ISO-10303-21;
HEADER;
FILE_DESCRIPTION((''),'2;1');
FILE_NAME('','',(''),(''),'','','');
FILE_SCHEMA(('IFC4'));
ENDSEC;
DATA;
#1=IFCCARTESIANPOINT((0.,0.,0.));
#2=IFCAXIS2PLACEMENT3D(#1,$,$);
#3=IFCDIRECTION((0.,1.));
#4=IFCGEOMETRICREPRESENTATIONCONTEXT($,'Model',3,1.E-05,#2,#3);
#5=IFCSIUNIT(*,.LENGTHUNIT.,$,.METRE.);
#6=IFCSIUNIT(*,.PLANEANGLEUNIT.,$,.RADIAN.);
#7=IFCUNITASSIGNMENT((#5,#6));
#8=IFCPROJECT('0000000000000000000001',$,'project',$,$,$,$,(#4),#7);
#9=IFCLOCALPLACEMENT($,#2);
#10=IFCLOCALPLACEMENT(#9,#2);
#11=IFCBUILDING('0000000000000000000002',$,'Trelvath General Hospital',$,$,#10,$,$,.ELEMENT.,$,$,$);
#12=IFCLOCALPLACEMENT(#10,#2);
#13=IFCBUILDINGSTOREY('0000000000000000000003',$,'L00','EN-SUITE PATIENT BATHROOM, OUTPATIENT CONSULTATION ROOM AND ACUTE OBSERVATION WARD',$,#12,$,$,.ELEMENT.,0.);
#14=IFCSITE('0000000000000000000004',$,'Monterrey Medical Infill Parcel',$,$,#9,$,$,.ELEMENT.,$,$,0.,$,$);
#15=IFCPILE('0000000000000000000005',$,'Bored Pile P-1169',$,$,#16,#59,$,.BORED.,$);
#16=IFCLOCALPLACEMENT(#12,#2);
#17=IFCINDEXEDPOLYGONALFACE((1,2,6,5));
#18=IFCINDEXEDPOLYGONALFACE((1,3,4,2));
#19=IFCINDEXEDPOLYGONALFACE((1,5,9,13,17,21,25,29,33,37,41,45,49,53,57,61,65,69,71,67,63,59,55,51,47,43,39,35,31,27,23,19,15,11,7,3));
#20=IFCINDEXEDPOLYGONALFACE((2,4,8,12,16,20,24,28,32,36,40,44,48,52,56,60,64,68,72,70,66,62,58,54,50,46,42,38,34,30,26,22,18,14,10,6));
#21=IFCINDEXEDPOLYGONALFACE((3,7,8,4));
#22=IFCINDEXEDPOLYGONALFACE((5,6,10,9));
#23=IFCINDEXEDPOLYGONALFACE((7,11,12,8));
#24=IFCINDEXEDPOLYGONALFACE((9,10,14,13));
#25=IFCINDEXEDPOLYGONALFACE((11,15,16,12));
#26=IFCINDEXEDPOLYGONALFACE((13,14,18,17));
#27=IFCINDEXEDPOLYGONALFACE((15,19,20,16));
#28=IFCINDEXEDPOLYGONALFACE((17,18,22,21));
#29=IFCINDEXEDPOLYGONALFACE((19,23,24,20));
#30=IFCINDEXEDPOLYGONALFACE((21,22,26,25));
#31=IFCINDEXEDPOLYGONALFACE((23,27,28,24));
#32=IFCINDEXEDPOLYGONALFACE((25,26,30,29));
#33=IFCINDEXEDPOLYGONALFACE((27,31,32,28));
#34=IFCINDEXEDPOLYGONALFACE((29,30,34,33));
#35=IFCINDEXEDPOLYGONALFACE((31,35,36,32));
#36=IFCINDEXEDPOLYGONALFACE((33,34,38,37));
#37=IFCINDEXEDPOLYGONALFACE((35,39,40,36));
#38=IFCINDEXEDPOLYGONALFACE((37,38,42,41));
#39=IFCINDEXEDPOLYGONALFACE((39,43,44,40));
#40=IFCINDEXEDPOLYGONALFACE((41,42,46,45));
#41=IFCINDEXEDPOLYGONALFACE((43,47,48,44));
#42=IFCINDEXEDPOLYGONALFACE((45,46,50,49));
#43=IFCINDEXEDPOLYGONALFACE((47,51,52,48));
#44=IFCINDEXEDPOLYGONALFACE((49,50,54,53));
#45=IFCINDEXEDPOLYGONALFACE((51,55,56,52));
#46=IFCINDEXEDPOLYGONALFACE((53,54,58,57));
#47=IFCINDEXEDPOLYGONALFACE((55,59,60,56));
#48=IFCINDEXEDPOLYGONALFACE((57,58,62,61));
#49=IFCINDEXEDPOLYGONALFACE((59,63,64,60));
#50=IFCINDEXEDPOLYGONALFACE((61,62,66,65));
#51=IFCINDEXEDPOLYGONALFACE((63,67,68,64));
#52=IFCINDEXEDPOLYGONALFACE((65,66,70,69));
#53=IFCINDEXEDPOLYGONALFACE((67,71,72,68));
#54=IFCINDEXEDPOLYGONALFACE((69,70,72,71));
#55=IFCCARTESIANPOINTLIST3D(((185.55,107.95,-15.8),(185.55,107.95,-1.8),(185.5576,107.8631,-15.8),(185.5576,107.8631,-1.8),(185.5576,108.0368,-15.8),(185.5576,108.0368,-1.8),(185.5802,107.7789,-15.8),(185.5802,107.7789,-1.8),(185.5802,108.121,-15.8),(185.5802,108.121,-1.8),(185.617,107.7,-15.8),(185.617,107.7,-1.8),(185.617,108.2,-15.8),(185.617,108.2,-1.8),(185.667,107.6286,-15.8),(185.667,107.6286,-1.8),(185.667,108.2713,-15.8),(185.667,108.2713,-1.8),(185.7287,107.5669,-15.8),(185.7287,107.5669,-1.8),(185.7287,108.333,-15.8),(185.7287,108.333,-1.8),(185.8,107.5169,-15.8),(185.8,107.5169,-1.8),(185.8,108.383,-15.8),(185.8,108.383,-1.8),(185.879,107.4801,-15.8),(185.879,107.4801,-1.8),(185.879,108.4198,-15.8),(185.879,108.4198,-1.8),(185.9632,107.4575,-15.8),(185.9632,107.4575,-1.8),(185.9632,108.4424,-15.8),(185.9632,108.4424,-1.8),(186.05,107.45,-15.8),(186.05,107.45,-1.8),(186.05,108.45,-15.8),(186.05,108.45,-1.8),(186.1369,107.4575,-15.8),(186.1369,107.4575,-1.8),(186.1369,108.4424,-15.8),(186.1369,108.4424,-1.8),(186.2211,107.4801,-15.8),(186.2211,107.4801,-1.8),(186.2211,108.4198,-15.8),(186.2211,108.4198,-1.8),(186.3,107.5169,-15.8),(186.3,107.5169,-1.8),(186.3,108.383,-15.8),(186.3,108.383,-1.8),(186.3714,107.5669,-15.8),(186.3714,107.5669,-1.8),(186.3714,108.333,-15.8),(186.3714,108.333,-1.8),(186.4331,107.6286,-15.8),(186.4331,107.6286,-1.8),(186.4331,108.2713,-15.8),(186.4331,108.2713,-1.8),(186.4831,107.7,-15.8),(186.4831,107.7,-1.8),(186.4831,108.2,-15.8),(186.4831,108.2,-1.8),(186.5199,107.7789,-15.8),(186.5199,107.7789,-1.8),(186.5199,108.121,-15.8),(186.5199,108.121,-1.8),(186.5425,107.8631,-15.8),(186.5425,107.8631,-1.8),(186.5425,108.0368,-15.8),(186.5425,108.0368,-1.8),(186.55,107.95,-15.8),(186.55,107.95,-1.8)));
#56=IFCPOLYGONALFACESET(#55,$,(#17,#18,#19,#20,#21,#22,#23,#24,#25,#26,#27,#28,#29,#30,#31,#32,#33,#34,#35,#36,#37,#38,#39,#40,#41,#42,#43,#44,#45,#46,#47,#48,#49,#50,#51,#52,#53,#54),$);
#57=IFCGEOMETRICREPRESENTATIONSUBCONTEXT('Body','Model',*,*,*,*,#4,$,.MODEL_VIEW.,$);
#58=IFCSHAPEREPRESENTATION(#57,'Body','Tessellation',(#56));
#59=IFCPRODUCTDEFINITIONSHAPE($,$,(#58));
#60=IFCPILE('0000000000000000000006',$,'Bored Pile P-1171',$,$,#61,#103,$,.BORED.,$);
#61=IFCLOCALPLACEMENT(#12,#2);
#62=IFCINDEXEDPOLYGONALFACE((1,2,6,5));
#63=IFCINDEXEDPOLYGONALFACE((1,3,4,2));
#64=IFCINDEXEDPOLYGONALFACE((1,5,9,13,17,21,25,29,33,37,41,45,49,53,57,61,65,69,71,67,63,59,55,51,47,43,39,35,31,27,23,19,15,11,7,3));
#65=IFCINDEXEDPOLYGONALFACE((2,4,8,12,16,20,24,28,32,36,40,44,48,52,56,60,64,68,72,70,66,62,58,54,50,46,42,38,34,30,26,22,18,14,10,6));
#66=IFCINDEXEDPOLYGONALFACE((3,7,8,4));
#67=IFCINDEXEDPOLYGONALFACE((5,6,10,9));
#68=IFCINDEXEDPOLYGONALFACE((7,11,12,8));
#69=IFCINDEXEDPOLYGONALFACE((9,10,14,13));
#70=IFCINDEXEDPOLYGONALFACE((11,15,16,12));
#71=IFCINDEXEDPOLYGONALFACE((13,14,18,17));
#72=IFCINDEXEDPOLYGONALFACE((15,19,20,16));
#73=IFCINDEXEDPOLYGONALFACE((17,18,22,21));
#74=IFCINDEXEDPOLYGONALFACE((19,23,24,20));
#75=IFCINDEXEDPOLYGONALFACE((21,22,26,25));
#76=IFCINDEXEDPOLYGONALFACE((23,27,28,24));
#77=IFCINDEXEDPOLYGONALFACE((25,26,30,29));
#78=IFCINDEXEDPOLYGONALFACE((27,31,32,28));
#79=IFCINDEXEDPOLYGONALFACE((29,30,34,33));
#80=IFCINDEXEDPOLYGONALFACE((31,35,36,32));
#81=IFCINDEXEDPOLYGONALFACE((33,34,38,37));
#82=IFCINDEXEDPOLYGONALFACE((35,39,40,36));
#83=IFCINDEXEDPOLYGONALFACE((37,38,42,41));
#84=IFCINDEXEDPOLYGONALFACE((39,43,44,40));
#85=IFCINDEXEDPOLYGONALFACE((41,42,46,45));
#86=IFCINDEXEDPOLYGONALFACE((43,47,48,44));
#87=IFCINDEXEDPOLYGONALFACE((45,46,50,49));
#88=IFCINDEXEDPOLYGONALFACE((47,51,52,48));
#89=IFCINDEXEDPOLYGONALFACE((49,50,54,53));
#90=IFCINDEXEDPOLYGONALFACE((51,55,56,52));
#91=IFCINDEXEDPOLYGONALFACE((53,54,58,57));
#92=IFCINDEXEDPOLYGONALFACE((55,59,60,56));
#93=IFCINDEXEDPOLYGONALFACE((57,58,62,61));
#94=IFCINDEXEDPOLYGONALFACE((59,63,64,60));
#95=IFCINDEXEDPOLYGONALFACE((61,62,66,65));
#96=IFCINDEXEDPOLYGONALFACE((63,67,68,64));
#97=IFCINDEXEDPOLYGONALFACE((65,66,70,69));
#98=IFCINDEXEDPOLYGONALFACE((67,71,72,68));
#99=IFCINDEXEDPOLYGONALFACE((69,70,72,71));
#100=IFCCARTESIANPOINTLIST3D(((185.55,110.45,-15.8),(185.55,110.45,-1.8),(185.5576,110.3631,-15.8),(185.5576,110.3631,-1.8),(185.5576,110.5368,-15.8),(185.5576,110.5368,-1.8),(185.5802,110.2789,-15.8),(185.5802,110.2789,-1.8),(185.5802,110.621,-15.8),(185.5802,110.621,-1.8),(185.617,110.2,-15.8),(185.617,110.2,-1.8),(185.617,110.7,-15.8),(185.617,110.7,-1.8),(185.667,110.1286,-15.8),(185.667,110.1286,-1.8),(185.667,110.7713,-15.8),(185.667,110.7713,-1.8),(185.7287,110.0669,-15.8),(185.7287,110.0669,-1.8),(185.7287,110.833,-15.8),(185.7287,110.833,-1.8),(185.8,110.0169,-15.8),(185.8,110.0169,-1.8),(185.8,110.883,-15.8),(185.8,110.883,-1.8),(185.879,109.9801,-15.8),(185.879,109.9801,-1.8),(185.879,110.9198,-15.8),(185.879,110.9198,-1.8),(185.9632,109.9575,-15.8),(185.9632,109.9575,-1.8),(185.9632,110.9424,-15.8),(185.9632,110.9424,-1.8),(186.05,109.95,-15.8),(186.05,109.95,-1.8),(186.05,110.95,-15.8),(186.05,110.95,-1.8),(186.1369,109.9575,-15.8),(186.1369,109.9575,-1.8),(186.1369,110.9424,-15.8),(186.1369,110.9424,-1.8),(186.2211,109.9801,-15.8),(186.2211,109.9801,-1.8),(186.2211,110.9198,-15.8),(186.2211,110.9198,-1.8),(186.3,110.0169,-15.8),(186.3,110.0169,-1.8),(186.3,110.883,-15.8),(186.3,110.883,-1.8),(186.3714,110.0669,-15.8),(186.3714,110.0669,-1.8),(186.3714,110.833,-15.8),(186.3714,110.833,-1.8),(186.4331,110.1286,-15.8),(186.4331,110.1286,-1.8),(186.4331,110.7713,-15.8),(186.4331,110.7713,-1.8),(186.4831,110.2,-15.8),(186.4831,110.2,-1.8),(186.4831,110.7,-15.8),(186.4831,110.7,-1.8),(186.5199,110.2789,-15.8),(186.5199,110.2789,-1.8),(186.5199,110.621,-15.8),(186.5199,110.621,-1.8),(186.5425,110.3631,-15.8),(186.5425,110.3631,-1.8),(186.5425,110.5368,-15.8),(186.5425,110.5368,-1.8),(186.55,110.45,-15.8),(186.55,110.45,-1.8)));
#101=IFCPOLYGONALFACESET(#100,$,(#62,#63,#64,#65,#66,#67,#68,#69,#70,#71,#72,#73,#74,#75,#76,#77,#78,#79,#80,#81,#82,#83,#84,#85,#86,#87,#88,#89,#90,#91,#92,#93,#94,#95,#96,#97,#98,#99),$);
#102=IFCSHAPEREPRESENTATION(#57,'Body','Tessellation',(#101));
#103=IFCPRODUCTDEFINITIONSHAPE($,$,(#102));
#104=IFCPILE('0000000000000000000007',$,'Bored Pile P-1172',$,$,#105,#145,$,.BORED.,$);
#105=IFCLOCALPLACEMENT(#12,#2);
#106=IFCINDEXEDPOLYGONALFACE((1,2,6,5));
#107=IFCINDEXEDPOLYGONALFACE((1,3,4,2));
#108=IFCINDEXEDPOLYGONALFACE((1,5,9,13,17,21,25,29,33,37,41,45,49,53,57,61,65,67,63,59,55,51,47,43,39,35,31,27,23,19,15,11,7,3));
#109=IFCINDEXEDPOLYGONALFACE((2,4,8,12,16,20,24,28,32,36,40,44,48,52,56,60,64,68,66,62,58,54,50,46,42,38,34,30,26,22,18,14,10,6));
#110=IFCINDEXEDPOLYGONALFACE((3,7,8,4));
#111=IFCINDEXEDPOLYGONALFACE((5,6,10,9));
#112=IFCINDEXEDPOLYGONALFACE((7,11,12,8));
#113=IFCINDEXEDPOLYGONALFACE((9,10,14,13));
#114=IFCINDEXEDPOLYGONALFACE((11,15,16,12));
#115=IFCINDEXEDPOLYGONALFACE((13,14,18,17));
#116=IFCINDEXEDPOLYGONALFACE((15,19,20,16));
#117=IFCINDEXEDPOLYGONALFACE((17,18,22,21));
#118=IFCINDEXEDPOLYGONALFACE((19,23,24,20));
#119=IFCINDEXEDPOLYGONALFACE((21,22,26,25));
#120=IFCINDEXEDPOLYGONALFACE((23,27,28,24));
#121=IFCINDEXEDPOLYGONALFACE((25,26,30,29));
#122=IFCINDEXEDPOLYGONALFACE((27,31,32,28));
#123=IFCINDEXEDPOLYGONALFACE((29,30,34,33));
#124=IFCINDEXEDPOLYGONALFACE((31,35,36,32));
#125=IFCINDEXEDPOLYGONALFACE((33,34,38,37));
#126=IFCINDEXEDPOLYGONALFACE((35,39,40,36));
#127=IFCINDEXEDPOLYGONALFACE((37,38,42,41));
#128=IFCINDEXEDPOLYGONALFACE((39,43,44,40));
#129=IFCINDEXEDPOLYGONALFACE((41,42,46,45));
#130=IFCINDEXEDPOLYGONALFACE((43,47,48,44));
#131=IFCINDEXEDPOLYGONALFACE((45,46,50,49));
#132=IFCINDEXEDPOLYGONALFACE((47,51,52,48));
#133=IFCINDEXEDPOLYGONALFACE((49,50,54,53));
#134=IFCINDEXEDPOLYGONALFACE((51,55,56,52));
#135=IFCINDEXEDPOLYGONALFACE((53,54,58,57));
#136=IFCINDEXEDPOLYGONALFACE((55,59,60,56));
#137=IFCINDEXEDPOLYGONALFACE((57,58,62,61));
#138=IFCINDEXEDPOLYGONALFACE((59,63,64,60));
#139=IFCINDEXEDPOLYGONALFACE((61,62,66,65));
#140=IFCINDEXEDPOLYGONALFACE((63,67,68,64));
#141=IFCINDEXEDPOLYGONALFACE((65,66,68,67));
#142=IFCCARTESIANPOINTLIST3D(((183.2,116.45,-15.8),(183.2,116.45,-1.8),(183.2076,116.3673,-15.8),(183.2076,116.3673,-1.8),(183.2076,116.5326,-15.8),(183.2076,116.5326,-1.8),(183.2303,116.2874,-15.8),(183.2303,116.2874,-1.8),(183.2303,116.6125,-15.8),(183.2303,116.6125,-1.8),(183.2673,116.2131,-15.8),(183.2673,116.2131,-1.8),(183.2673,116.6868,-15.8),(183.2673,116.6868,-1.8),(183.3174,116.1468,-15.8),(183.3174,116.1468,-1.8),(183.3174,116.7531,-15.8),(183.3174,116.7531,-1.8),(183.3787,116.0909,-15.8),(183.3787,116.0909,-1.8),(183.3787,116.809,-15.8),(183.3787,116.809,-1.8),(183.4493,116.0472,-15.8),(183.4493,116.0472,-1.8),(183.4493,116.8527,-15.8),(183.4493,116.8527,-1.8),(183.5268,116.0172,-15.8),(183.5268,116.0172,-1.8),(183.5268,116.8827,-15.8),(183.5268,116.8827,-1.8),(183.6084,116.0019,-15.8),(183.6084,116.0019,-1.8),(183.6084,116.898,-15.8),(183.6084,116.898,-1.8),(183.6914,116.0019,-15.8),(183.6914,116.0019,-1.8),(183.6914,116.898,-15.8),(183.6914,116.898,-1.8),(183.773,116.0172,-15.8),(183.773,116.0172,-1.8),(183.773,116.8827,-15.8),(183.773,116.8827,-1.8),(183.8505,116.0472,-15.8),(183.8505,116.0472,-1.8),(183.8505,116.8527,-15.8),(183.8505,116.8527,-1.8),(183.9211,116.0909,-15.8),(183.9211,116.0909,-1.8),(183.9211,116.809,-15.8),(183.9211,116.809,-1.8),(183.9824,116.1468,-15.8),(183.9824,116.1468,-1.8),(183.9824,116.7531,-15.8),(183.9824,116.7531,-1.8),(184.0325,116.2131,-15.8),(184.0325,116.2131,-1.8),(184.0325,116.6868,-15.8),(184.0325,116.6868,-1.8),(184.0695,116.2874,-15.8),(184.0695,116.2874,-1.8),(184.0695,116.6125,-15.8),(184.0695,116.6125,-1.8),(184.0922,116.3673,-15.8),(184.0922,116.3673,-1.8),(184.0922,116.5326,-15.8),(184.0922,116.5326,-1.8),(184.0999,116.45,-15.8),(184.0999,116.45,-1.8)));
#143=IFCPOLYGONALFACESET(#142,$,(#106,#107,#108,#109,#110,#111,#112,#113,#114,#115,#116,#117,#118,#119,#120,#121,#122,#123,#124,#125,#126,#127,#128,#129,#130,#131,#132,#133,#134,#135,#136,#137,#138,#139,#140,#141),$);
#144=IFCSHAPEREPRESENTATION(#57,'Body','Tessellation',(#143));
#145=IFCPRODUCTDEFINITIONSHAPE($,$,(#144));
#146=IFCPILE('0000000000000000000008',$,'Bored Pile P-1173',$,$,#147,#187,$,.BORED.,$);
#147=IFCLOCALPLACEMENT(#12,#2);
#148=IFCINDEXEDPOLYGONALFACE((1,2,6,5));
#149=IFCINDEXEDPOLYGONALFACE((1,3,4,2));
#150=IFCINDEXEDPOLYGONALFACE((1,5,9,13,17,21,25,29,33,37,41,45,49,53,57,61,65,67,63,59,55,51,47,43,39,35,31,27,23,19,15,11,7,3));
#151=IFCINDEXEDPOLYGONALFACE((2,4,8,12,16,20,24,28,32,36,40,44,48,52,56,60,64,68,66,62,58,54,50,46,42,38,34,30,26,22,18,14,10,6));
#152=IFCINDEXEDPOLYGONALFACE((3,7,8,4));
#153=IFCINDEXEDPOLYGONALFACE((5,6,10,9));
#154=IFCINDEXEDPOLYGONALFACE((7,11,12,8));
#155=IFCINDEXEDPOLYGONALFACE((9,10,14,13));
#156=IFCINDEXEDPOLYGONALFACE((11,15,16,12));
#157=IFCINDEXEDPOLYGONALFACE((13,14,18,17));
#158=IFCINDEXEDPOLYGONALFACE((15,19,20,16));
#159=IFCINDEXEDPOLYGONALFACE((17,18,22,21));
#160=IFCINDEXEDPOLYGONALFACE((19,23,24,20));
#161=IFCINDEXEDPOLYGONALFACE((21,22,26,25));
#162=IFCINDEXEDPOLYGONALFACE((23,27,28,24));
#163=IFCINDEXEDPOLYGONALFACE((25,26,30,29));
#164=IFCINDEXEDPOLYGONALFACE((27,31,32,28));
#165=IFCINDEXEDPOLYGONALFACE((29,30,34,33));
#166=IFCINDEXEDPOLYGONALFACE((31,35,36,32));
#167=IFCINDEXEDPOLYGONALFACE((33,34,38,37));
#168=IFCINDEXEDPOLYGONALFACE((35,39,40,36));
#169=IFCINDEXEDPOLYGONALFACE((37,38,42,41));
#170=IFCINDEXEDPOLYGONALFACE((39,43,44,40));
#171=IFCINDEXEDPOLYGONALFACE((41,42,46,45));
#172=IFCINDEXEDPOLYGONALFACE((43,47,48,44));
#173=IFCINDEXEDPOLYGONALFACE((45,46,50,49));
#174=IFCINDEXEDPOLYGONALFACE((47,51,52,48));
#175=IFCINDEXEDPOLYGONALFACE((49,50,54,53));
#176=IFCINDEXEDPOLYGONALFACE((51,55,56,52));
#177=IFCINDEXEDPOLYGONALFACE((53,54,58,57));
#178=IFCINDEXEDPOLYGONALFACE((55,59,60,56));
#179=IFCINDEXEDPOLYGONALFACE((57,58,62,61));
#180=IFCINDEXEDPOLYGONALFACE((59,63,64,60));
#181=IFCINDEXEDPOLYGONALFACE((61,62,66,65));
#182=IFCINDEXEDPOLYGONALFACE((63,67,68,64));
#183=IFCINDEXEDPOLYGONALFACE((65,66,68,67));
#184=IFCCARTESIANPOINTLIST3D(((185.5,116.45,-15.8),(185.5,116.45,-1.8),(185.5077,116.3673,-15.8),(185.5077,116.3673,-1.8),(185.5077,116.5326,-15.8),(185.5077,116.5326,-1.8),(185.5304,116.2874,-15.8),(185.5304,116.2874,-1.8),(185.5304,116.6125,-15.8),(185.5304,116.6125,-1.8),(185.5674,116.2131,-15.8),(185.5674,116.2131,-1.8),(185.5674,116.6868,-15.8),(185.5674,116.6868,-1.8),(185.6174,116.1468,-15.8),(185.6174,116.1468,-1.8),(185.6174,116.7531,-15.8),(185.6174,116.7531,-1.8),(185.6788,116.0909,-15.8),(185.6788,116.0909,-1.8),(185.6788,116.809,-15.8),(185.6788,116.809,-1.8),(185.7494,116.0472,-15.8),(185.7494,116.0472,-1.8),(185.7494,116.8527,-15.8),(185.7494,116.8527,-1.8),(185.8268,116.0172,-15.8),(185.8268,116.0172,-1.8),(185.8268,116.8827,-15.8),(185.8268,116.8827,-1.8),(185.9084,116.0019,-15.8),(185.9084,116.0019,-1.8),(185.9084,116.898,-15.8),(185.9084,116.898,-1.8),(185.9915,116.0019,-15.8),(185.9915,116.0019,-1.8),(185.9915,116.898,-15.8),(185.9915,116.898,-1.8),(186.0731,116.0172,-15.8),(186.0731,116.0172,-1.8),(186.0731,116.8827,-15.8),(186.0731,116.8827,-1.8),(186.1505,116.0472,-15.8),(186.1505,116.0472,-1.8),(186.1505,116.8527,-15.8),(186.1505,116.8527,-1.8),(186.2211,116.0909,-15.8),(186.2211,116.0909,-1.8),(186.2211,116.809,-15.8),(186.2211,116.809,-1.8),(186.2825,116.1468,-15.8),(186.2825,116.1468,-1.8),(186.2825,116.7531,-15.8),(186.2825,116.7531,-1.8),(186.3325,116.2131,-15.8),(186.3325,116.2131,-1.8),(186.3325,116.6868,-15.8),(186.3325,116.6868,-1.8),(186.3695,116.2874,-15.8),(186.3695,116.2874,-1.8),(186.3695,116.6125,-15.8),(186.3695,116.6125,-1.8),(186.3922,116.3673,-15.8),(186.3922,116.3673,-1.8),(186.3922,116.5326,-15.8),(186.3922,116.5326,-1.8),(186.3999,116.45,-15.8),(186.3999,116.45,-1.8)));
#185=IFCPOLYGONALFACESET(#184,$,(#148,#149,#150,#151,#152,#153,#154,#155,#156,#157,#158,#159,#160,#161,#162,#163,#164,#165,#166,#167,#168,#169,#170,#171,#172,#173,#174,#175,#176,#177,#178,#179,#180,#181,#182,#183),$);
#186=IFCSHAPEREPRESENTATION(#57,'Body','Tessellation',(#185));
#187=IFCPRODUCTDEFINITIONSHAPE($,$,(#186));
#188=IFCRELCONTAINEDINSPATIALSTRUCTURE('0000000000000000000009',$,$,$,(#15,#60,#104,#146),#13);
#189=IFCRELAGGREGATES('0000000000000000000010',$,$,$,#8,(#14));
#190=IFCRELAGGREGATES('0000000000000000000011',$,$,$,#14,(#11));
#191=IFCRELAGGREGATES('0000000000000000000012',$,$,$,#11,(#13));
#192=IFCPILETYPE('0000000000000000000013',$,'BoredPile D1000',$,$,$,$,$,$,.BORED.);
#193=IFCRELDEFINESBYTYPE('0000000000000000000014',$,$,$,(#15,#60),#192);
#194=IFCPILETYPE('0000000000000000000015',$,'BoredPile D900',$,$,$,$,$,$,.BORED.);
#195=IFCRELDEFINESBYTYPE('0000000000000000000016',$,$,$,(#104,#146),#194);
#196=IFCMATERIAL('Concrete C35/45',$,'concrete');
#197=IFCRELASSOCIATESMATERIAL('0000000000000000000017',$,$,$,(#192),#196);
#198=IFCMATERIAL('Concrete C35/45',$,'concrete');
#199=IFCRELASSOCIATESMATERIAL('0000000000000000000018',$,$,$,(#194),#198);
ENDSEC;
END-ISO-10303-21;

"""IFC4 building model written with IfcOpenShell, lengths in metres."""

from ifc_helpers import new_model, si_unit, direction, frame, origin, origin_2d, place, context, subcontext, project, spatial, circle, extrude, material, material_profile, profile_set, type_object, element, save


model = new_model("IFC4")

# Units and contexts
model_context = context("Model", 3, precision=1e-05, world=origin(), true_north=direction((0.0, 1.0)))
body_context = subcontext(model_context, "Body", "Model", "MODEL_VIEW")
ifc_project = project(units=[si_unit("LENGTHUNIT", "METRE"), si_unit("PLANEANGLEUNIT", "RADIAN")], contexts=[model_context])

# Site, building, storey
site_placement = place(None, origin())
site = spatial("IfcSite", under=ifc_project, at=site_placement, Name="Monterrey Medical Infill Parcel", CompositionType="ELEMENT", RefElevation=0.0)
building_placement = place(site_placement, origin())
building = spatial("IfcBuilding", under=site, at=building_placement, Name="Trelvath General Hospital", CompositionType="ELEMENT")
storey_placement = place(building_placement, origin())
storey = spatial("IfcBuildingStorey", under=building, at=storey_placement, Name="L00", Description="EN-SUITE PATIENT BATHROOM, OUTPATIENT CONSULTATION ROOM AND ACUTE OBSERVATION WARD", CompositionType="ELEMENT", Elevation=0.0)

# Piles
ifc_material_1 = material(Name="Concrete C35/45", Category="concrete")
ifc_material_profile_1 = material_profile(ifc_material_1, circle(Radius=0.5, at=origin_2d()), Name="PILE1000")
ifc_profile_set_1 = profile_set([ifc_material_profile_1], Name="Concrete C35/45")
pile_type_1 = type_object("IfcPileType", Name="BoredPile D1000", PredefinedType="BORED", material=ifc_profile_set_1)
for number, where, z_axis, x_axis, name in (
    (1, (186.05, 107.95, -1.8), (0.0, 0.0, -1.0), (1.0, 0.0, 0.0), "Bored Pile P-1169"),
    (2, (186.05, 110.45, -1.8), (0.0, 0.0, -1.0), (1.0, 0.0, 0.0), "Bored Pile P-1171"),
):
    element("IfcPile", number, at=place(storey_placement, frame(where, z_axis=z_axis, x_axis=x_axis)), inside=storey, type_object=pile_type_1, Name=name, PredefinedType="BORED", context=body_context, shape_type="SweptSolid", body=[
        extrude(circle(Radius=0.5, at=origin_2d()), origin(), (0.0, 0.0, 1.0), 14.0),
    ])
ifc_material_2 = material(Name="Concrete C35/45", Category="concrete")
ifc_material_profile_2 = material_profile(ifc_material_2, circle(Radius=0.45, at=origin_2d()), Name="PILE900")
ifc_profile_set_2 = profile_set([ifc_material_profile_2], Name="Concrete C35/45")
pile_type_2 = type_object("IfcPileType", Name="BoredPile D900", PredefinedType="BORED", material=ifc_profile_set_2)
for number, where, z_axis, x_axis, name in (
    (3, (183.6499, 116.45, -1.8), (0.0, 0.0, -1.0), (1.0, 0.0, 0.0), "Bored Pile P-1172"),
    (4, (185.95, 116.45, -1.8), (0.0, 0.0, -1.0), (1.0, 0.0, 0.0), "Bored Pile P-1173"),
):
    element("IfcPile", number, at=place(storey_placement, frame(where, z_axis=z_axis, x_axis=x_axis)), inside=storey, type_object=pile_type_2, Name=name, PredefinedType="BORED", context=body_context, shape_type="SweptSolid", body=[
        extrude(circle(Radius=0.45, at=origin_2d()), origin(), (0.0, 0.0, 1.0), 14.0),
    ])

save(model, "model.ifc")
